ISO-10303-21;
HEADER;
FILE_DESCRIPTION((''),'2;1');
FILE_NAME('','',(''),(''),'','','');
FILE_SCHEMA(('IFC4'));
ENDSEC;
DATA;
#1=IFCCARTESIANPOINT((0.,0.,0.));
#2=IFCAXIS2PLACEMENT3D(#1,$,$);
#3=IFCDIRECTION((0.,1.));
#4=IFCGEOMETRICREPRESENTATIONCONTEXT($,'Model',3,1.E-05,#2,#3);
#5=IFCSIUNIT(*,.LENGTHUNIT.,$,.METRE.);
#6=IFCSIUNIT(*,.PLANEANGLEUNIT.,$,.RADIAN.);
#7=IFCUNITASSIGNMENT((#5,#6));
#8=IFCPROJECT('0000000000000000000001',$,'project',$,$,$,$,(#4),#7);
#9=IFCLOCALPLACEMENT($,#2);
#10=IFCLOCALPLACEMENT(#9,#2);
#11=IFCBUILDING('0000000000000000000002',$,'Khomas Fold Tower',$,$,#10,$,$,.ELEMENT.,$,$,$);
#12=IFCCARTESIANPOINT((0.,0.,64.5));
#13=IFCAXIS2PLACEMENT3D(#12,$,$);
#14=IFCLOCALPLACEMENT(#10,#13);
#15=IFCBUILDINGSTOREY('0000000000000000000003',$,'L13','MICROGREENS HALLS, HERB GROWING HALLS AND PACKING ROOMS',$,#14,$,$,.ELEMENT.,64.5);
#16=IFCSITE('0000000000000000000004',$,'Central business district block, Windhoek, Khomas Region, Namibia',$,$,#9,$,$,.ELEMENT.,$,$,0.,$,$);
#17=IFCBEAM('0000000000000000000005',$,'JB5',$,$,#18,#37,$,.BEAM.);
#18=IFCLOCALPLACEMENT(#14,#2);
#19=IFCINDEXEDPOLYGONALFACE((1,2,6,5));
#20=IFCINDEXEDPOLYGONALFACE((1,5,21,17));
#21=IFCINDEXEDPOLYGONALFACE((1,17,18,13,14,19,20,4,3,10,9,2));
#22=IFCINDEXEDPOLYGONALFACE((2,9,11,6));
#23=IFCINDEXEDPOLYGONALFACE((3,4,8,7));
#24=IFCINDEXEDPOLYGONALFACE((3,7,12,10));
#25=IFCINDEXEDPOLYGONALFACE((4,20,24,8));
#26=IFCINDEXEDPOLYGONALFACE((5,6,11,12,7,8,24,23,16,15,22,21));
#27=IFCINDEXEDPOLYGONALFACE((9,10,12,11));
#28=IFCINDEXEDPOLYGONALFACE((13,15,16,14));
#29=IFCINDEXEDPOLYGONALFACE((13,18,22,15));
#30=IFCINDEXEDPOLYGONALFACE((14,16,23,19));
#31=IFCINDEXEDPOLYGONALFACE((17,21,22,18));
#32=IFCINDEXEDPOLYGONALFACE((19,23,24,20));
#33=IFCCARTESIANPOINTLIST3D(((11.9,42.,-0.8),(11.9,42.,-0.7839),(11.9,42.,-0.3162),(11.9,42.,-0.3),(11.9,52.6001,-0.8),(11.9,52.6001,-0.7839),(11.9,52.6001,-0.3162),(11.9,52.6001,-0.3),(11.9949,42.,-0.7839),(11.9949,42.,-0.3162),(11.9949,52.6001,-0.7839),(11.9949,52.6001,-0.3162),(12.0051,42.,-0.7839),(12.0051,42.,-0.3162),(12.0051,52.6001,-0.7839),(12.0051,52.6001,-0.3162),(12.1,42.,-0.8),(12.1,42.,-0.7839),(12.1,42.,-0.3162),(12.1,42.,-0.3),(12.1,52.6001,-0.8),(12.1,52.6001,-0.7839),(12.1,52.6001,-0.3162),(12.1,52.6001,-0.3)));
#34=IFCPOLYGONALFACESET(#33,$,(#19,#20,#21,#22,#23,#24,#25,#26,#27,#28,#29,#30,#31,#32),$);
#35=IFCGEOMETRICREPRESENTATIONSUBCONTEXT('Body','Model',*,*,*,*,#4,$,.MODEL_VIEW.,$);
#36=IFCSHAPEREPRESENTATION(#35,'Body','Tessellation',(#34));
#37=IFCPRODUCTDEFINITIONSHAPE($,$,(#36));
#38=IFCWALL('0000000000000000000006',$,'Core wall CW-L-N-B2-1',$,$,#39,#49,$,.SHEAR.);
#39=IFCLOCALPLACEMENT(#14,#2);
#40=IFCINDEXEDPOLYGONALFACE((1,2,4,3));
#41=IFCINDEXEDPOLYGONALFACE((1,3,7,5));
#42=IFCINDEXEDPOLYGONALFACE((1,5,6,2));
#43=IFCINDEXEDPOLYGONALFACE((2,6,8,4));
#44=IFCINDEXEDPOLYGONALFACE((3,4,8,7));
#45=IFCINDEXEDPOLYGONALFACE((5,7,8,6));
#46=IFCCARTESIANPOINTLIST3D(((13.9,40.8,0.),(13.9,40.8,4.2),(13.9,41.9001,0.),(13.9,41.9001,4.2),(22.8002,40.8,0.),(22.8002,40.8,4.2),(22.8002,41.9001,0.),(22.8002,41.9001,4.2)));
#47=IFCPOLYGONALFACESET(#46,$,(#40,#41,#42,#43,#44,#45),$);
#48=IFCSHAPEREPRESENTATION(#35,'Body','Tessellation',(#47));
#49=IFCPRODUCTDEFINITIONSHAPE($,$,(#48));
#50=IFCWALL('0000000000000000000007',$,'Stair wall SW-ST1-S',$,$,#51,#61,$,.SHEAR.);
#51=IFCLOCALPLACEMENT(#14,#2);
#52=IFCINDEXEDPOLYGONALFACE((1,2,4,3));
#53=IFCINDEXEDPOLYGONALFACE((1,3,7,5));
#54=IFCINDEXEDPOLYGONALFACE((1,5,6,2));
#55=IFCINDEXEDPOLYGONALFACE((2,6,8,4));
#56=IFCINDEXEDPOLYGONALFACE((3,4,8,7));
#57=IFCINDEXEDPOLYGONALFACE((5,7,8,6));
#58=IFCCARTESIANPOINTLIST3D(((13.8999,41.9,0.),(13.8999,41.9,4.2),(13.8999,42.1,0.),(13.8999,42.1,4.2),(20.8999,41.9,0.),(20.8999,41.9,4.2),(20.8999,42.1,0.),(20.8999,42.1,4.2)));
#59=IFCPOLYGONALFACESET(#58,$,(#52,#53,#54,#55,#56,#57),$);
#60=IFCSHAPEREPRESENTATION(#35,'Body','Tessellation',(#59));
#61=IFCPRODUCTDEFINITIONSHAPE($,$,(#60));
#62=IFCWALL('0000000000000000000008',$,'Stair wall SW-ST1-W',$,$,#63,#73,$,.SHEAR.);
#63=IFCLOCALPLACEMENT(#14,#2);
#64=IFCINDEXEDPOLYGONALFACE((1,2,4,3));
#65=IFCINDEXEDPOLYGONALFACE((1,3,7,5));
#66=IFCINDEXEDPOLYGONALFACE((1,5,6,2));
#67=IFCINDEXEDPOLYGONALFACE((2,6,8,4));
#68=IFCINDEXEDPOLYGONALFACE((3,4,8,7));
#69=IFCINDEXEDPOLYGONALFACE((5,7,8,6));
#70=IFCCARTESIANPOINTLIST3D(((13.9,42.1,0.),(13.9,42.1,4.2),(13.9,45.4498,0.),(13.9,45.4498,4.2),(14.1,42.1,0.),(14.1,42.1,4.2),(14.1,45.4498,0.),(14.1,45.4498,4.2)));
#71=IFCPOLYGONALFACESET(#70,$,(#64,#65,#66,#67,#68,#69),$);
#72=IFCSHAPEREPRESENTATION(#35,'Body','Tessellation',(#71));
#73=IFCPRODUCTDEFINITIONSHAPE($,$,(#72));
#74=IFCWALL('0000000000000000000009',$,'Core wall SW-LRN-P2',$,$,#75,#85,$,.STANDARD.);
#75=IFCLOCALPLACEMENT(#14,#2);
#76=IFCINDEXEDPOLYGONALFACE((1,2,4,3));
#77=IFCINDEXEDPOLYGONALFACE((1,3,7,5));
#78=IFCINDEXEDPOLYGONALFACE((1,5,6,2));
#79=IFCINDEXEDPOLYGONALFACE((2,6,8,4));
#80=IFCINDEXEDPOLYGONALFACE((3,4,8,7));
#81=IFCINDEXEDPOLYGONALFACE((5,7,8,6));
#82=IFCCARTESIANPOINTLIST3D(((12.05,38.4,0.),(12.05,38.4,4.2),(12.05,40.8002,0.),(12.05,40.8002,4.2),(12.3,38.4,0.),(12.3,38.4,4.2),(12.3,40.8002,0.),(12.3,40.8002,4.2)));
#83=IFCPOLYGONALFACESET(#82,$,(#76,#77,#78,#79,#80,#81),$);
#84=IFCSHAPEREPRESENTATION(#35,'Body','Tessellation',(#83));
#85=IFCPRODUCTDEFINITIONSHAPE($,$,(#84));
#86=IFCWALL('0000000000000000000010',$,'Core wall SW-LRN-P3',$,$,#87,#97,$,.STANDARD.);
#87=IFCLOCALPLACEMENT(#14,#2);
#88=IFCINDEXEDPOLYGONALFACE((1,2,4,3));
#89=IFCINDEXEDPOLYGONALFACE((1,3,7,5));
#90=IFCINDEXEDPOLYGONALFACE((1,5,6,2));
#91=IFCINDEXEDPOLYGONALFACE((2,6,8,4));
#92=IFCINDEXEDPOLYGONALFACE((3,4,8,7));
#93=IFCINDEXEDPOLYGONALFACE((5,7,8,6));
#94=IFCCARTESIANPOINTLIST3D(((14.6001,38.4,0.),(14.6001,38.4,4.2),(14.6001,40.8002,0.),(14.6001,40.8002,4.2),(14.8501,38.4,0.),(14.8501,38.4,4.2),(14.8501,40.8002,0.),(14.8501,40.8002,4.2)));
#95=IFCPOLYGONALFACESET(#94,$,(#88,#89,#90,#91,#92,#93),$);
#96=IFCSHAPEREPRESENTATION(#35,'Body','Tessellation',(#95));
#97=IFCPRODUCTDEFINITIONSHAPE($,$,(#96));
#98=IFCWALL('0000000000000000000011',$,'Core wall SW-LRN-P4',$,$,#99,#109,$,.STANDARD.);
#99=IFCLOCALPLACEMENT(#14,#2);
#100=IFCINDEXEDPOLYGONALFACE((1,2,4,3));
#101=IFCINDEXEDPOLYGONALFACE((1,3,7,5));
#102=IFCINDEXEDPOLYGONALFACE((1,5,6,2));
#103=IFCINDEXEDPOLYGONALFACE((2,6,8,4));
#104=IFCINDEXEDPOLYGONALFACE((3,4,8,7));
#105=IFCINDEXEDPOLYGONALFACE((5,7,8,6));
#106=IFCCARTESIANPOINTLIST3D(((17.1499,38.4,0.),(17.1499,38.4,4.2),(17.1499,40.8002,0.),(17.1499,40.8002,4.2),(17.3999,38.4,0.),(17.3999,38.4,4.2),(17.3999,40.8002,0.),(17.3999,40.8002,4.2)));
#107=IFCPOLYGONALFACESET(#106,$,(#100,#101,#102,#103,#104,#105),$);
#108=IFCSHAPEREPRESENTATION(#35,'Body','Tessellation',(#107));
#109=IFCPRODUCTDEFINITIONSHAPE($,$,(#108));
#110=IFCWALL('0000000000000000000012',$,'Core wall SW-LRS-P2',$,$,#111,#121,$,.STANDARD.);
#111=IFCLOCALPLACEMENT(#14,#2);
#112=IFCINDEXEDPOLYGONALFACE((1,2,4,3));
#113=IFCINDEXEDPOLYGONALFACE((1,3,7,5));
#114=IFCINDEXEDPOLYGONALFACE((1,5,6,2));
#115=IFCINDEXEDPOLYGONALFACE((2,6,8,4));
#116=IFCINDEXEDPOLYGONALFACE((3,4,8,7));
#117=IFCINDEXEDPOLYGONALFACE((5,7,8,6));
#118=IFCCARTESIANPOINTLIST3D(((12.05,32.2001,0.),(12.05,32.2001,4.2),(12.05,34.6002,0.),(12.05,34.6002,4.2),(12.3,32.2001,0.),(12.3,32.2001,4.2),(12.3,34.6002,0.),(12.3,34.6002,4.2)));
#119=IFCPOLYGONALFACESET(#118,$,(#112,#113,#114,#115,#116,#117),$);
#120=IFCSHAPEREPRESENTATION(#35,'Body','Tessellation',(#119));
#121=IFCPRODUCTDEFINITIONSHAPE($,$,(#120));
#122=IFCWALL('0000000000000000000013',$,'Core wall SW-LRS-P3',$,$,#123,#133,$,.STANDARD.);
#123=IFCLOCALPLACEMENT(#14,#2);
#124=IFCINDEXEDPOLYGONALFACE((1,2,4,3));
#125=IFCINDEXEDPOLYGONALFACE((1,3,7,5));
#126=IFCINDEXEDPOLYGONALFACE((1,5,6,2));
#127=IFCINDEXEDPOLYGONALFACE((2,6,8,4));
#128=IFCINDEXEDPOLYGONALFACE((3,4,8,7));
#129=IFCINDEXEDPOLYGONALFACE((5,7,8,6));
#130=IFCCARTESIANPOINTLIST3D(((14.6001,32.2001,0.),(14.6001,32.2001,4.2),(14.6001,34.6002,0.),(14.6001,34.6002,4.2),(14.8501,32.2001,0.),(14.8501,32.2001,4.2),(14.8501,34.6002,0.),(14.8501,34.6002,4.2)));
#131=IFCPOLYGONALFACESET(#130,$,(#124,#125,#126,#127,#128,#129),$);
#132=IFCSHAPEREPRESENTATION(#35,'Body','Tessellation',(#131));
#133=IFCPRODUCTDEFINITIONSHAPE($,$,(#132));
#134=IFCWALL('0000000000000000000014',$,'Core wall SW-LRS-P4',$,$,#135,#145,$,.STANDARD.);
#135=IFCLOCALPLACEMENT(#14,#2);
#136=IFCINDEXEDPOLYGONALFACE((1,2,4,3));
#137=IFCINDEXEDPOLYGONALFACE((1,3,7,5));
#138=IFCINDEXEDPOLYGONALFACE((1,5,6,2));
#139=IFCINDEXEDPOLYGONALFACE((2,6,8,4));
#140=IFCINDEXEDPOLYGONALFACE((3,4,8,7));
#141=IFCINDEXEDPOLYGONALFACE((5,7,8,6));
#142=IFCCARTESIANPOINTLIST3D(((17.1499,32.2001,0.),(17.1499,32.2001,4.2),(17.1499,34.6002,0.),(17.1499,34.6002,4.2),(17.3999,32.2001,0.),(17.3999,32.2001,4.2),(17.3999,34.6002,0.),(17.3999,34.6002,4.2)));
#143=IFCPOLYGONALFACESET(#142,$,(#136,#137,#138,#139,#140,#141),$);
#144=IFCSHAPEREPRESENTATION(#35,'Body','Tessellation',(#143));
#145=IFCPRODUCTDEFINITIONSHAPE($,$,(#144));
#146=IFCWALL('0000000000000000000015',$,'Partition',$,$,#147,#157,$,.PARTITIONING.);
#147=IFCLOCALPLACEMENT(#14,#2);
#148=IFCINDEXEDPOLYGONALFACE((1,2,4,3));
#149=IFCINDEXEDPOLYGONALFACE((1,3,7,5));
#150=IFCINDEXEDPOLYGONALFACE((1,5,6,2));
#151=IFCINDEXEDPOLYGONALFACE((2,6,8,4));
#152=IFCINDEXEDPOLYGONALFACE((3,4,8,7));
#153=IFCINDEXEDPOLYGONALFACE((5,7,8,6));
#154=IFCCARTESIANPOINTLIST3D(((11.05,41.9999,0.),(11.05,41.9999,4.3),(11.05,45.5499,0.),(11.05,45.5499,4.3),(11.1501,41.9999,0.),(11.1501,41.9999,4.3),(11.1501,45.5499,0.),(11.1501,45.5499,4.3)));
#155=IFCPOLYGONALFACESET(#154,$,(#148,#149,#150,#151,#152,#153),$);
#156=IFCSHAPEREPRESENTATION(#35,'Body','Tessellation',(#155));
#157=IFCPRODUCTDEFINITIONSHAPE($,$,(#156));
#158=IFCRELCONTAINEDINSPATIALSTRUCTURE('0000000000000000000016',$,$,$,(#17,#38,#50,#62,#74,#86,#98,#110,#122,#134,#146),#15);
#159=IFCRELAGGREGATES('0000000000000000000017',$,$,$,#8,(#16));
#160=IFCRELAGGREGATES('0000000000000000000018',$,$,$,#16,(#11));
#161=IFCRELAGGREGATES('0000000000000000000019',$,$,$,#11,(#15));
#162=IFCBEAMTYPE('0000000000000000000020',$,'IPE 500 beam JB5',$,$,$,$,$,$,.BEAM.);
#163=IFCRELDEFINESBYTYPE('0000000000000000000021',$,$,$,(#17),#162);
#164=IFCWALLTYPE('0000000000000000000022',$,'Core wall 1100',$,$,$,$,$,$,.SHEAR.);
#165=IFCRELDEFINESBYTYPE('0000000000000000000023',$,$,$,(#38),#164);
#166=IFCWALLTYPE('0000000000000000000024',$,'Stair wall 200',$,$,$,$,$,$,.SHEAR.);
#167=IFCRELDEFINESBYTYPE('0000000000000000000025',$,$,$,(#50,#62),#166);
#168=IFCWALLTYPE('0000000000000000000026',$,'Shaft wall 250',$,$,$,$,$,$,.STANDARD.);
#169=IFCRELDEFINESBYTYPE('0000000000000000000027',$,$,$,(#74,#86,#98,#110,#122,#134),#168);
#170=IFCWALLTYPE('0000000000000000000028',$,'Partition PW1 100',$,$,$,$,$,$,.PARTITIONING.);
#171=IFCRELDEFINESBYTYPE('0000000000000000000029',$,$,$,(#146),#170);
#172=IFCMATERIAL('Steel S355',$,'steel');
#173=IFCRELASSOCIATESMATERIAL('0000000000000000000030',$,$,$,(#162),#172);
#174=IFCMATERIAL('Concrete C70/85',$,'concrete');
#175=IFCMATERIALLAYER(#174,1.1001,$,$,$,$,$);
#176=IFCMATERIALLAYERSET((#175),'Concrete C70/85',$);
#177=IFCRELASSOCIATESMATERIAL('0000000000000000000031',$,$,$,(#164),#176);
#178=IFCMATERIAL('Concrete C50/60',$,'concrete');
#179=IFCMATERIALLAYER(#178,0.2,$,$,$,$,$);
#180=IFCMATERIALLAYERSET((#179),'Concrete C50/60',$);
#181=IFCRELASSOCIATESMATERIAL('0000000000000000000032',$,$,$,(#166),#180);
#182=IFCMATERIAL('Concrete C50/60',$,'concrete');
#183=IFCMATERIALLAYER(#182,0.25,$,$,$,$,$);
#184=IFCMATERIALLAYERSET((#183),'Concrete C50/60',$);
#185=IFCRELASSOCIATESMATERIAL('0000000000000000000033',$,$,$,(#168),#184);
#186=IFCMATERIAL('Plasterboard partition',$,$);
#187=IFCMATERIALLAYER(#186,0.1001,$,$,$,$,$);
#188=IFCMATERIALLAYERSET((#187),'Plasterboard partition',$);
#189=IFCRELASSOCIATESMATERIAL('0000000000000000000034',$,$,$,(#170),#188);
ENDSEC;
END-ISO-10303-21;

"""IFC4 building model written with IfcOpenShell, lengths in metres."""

from ifc_helpers import new_model, si_unit, direction, frame, frame_2d, origin, origin_2d, place, context, subcontext, project, spatial, rectangle, i_section, extrude, source, transform, mapped, material, layer, layer_set, material_profile, profile_set, type_object, element, save


model = new_model("IFC4")

# Units and contexts
model_context = context("Model", 3, precision=1e-05, world=origin(), true_north=direction((0.0, 1.0)))
body_context = subcontext(model_context, "Body", "Model", "MODEL_VIEW")
ifc_project = project(units=[si_unit("LENGTHUNIT", "METRE"), si_unit("PLANEANGLEUNIT", "RADIAN")], contexts=[model_context])

# Site, building, storey
site_placement = place(None, origin())
site = spatial("IfcSite", under=ifc_project, at=site_placement, Name="Central business district block, Windhoek, Khomas Region, Namibia", CompositionType="ELEMENT", RefElevation=0.0)
building_placement = place(site_placement, origin())
building = spatial("IfcBuilding", under=site, at=building_placement, Name="Khomas Fold Tower", CompositionType="ELEMENT")
storey_placement = place(building_placement, frame((0.0, 0.0, 64.5)))
storey = spatial("IfcBuildingStorey", under=building, at=storey_placement, Name="L13", Description="MICROGREENS HALLS, HERB GROWING HALLS AND PACKING ROOMS", CompositionType="ELEMENT", Elevation=64.5)

# Beam
ifc_material_1 = material(Name="Steel S355", Category="steel")
ifc_material_profile = material_profile(ifc_material_1, i_section(OverallWidth=0.2, OverallDepth=0.5, WebThickness=0.0103, FlangeThickness=0.0161, at=origin_2d()), Name="IPE 500")
ifc_profile_set = profile_set([ifc_material_profile], Name="Steel S355")
beam_type = type_object("IfcBeamType", Name="IPE 500 beam JB5", PredefinedType="BEAM", material=ifc_profile_set)
shared_shape_1 = source(origin(), body_context, "Body", "SweptSolid", [
    extrude(i_section(OverallWidth=0.2, OverallDepth=0.5, WebThickness=0.0103, FlangeThickness=0.0161, at=origin_2d()), origin(), (0.0, 0.0, 1.0), 10.6001),
])
beam_placement = place(storey_placement, frame((12.0, 42.0, -0.55), z_axis=(0.0, 1.0, 0.0), x_axis=(-1.0, 0.0, 0.0)))
element("IfcBeam", 1, at=beam_placement, inside=storey, type_object=beam_type, Name="JB5", PredefinedType="BEAM", context=body_context, shape_type="MappedRepresentation", body=[
    mapped(shared_shape_1, transform((0.0, 0.0, 0.0))),
])

# Walls
ifc_material_2 = material(Name="Concrete C70/85", Category="concrete")
ifc_layer_1 = layer(ifc_material_2, 1.1001)
ifc_layer_set_1 = layer_set([ifc_layer_1], Name="Concrete C70/85")
wall_type_1 = type_object("IfcWallType", Name="Core wall 1100", PredefinedType="SHEAR", material=ifc_layer_set_1)
shared_shape_2 = source(origin(), body_context, "Body", "SweptSolid", [
    extrude(rectangle(XDim=8.9001, YDim=1.1001, at=frame_2d((4.4502, 0.0))), origin(), (0.0, 0.0, 1.0), 4.2),
])
wall_1_placement = place(storey_placement, frame((13.8999, 41.3501, 0.0), z_axis=(0.0, 0.0, 1.0), x_axis=(1.0, 0.0, 0.0)))
element("IfcWall", 2, at=wall_1_placement, inside=storey, type_object=wall_type_1, Name="Core wall CW-L-N-B2-1", PredefinedType="SHEAR", context=body_context, shape_type="MappedRepresentation", body=[
    mapped(shared_shape_2, transform((0.0, 0.0, 0.0))),
])
ifc_material_3 = material(Name="Concrete C50/60", Category="concrete")
ifc_layer_2 = layer(ifc_material_3, 0.2)
ifc_layer_set_2 = layer_set([ifc_layer_2], Name="Concrete C50/60")
wall_type_2 = type_object("IfcWallType", Name="Stair wall 200", PredefinedType="SHEAR", material=ifc_layer_set_2)
shared_shape_3 = source(origin(), body_context, "Body", "SweptSolid", [
    extrude(rectangle(XDim=7.0, YDim=0.2, at=frame_2d((3.5, 0.0))), origin(), (0.0, 0.0, 1.0), 4.2),
])
wall_2_placement = place(storey_placement, frame((13.8999, 42.0, 0.0), z_axis=(0.0, 0.0, 1.0), x_axis=(1.0, 0.0, 0.0)))
element("IfcWall", 3, at=wall_2_placement, inside=storey, type_object=wall_type_2, Name="Stair wall SW-ST1-S", PredefinedType="SHEAR", context=body_context, shape_type="MappedRepresentation", body=[
    mapped(shared_shape_3, transform((0.0, 0.0, 0.0))),
])
shared_shape_4 = source(origin(), body_context, "Body", "SweptSolid", [
    extrude(rectangle(XDim=3.3499, YDim=0.2, at=frame_2d((1.6748, 0.0))), origin(), (0.0, 0.0, 1.0), 4.2),
])
wall_3_placement = place(storey_placement, frame((14.0, 42.1001, 0.0), z_axis=(0.0, 0.0, 1.0), x_axis=(0.0, 1.0, 0.0)))
element("IfcWall", 4, at=wall_3_placement, inside=storey, type_object=wall_type_2, Name="Stair wall SW-ST1-W", PredefinedType="SHEAR", context=body_context, shape_type="MappedRepresentation", body=[
    mapped(shared_shape_4, transform((0.0, 0.0, 0.0))),
])
ifc_material_4 = material(Name="Concrete C50/60", Category="concrete")
ifc_layer_3 = layer(ifc_material_4, 0.25)
ifc_layer_set_3 = layer_set([ifc_layer_3], Name="Concrete C50/60")
wall_type_3 = type_object("IfcWallType", Name="Shaft wall 250", PredefinedType="STANDARD", material=ifc_layer_set_3)
shared_shape_5 = source(origin(), body_context, "Body", "SweptSolid", [
    extrude(rectangle(XDim=2.4001, YDim=0.25, at=frame_2d((1.2002, 0.0))), origin(), (0.0, 0.0, 1.0), 4.2),
])
for number, where, z_axis, x_axis, name in (
    (5, (12.175, 38.3999, 0.0), (0.0, 0.0, 1.0), (0.0, 1.0, 0.0), "Core wall SW-LRN-P2"),
    (6, (14.7251, 38.3999, 0.0), (0.0, 0.0, 1.0), (0.0, 1.0, 0.0), "Core wall SW-LRN-P3"),
    (7, (17.2749, 38.3999, 0.0), (0.0, 0.0, 1.0), (0.0, 1.0, 0.0), "Core wall SW-LRN-P4"),
    (8, (12.175, 32.2, 0.0), (0.0, 0.0, 1.0), (0.0, 1.0, 0.0), "Core wall SW-LRS-P2"),
    (9, (14.7251, 32.2, 0.0), (0.0, 0.0, 1.0), (0.0, 1.0, 0.0), "Core wall SW-LRS-P3"),
    (10, (17.2749, 32.2, 0.0), (0.0, 0.0, 1.0), (0.0, 1.0, 0.0), "Core wall SW-LRS-P4"),
):
    element("IfcWall", number, at=place(storey_placement, frame(where, z_axis=z_axis, x_axis=x_axis)), inside=storey, type_object=wall_type_3, Name=name, PredefinedType="STANDARD", context=body_context, shape_type="MappedRepresentation", body=[
        mapped(shared_shape_5, transform((0.0, 0.0, 0.0))),
    ])
ifc_material_5 = material(Name="Plasterboard partition")
ifc_layer_4 = layer(ifc_material_5, 0.1001)
ifc_layer_set_4 = layer_set([ifc_layer_4], Name="Plasterboard partition")
wall_type_4 = type_object("IfcWallType", Name="Partition PW1 100", PredefinedType="PARTITIONING", material=ifc_layer_set_4)
shared_shape_6 = source(origin(), body_context, "Body", "SweptSolid", [
    extrude(rectangle(XDim=3.55, YDim=0.1001, at=frame_2d((1.7749, 0.0))), origin(), (0.0, 0.0, 1.0), 4.3),
])
wall_4_placement = place(storey_placement, frame((11.1001, 42.0, 0.0), z_axis=(0.0, 0.0, 1.0), x_axis=(0.0, 1.0, 0.0)))
element("IfcWall", 11, at=wall_4_placement, inside=storey, type_object=wall_type_4, Name="Partition", PredefinedType="PARTITIONING", context=body_context, shape_type="MappedRepresentation", body=[
    mapped(shared_shape_6, transform((0.0, 0.0, 0.0))),
])

save(model, "model.ifc")
